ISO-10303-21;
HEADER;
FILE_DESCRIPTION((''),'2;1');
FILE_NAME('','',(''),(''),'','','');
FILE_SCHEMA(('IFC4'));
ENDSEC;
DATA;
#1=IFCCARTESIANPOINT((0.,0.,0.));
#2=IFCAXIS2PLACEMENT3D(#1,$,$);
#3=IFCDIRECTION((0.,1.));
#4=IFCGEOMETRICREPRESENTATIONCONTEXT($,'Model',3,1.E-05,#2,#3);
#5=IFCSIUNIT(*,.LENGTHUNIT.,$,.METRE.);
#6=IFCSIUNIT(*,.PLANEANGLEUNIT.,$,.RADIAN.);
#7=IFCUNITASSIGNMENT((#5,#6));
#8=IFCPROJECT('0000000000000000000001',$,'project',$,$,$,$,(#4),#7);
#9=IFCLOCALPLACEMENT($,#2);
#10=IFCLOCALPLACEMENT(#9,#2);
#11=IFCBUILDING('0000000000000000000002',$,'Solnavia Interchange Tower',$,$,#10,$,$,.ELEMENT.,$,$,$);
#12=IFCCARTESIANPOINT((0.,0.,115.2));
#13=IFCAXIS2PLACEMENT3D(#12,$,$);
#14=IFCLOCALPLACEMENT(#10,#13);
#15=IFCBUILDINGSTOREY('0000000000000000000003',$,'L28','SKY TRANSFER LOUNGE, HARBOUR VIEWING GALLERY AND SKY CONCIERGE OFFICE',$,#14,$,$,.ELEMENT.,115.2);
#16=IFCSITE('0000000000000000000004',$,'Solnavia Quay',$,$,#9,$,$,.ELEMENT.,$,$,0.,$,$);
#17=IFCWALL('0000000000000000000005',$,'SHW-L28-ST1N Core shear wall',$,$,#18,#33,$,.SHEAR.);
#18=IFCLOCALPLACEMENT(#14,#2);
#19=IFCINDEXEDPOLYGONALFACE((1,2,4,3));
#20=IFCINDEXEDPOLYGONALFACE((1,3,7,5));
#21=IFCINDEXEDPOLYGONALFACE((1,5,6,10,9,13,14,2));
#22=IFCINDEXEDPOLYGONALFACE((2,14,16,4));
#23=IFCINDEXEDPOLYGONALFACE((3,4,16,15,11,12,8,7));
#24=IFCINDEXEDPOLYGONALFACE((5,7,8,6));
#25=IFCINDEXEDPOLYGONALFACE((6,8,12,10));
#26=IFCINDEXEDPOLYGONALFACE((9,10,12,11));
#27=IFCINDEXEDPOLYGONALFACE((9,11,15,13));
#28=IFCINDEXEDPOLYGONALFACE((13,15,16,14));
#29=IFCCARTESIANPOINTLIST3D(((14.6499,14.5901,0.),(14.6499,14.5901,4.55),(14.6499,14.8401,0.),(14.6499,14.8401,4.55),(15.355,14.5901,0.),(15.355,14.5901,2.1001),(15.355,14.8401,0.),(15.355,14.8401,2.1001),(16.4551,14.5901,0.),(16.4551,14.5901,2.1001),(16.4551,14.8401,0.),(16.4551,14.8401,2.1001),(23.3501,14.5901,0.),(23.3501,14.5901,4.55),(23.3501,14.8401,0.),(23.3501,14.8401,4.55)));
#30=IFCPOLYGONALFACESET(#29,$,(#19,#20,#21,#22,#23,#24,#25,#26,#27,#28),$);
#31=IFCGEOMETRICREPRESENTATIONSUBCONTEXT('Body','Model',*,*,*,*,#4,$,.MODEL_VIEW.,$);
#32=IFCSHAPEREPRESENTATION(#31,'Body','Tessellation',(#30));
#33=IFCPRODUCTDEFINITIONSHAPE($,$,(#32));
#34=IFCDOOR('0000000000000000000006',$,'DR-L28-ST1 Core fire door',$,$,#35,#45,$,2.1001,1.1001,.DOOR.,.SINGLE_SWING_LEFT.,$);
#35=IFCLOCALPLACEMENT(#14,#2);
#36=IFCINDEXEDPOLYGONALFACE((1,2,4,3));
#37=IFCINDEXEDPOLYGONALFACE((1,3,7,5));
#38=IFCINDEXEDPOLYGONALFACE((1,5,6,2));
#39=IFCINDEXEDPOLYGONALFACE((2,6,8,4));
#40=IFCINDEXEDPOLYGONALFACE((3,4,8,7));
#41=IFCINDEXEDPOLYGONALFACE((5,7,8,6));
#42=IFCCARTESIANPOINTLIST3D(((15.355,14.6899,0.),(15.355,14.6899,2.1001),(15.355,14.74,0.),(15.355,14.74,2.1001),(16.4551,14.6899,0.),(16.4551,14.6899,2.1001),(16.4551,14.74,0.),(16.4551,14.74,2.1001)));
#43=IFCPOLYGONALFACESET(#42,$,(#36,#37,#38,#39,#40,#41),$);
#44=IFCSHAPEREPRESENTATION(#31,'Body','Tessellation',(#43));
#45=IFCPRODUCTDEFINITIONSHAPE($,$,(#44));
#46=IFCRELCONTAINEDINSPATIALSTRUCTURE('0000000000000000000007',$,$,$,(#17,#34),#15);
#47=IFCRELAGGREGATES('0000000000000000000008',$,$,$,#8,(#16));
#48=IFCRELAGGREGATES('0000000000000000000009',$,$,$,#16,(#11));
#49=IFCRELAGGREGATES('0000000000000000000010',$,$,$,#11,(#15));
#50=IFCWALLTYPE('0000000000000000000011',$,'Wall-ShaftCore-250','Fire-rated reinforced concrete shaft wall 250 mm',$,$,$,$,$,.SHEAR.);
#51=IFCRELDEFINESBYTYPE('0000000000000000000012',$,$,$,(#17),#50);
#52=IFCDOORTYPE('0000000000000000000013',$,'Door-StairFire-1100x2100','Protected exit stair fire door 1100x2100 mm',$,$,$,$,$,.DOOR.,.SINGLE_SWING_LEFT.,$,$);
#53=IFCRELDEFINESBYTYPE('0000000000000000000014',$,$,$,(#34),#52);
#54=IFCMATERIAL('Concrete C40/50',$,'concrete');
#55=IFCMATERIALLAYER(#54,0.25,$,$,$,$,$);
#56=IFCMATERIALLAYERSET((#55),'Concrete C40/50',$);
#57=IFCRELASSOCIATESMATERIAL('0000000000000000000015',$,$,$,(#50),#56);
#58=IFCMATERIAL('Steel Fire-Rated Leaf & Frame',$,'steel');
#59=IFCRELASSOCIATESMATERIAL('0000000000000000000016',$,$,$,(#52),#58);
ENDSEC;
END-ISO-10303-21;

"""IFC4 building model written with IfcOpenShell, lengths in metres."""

from ifc_helpers import new_model, si_unit, direction, frame, frame_2d, origin, place, context, subcontext, project, spatial, rectangle, extrude, material, layer, layer_set, type_object, element, fill, save


model = new_model("IFC4")

# Units and contexts
model_context = context("Model", 3, precision=1e-05, world=origin(), true_north=direction((0.0, 1.0)))
body_context = subcontext(model_context, "Body", "Model", "MODEL_VIEW")
ifc_project = project(units=[si_unit("LENGTHUNIT", "METRE"), si_unit("PLANEANGLEUNIT", "RADIAN")], contexts=[model_context])

# Site, building, storey
site_placement = place(None, origin())
site = spatial("IfcSite", under=ifc_project, at=site_placement, Name="Solnavia Quay", CompositionType="ELEMENT", RefElevation=0.0)
building_placement = place(site_placement, origin())
building = spatial("IfcBuilding", under=site, at=building_placement, Name="Solnavia Interchange Tower", CompositionType="ELEMENT")
storey_placement = place(building_placement, frame((0.0, 0.0, 115.2)))
storey = spatial("IfcBuildingStorey", under=building, at=storey_placement, Name="L28", Description="SKY TRANSFER LOUNGE, HARBOUR VIEWING GALLERY AND SKY CONCIERGE OFFICE", CompositionType="ELEMENT", Elevation=115.2)

# Shared definitions
ifc_material_1 = material(Name="Concrete C40/50", Category="concrete")

# Shared definitions
ifc_layer_1 = layer(ifc_material_1, 0.25)
ifc_layer_set_1 = layer_set([ifc_layer_1], Name="Concrete C40/50")
wall_type_1 = type_object("IfcWallType", Name="Wall-ShaftCore-250", Description="Fire-rated reinforced concrete shaft wall 250 mm", PredefinedType="SHEAR", material=ifc_layer_set_1)

# Wall, opening, door
wall_1_placement = place(storey_placement, frame((14.6499, 14.7151, 0.0), z_axis=(0.0, 0.0, 1.0), x_axis=(1.0, 0.0, 0.0)))
wall_1 = element("IfcWall", 1, at=wall_1_placement, inside=storey, type_object=wall_type_1, Name="SHW-L28-ST1N Core shear wall", PredefinedType="SHEAR", context=body_context, shape_type="SweptSolid", body=[
    extrude(rectangle(XDim=8.7002, YDim=0.25, at=frame_2d((4.3501, 0.0))), origin(), (0.0, 0.0, 1.0), 4.55),
])
opening_1_placement = place(wall_1_placement, frame((0.7051, 0.0, 0.0)))
opening_1 = element("IfcOpeningElement", 2, at=opening_1_placement, cuts=wall_1, PredefinedType="OPENING", context=body_context, shape_type="SweptSolid", body=[
    extrude(rectangle(XDim=1.1001, YDim=2.1001, at=frame_2d((0.55, 1.05))), frame((0.0, 0.135, 0.0), z_axis=(0.0, -1.0, 0.0), x_axis=(1.0, 0.0, 0.0)), (0.0, 0.0, 1.0), 0.27),
])
ifc_material_2 = material(Name="Steel Fire-Rated Leaf & Frame", Category="steel")
door_type = type_object("IfcDoorType", Name="Door-StairFire-1100x2100", Description="Protected exit stair fire door 1100x2100 mm", OperationType="SINGLE_SWING_LEFT", PredefinedType="DOOR", material=ifc_material_2)
door_placement = place(opening_1_placement, origin())
door = element("IfcDoor", 3, at=door_placement, inside=storey, type_object=door_type, Name="DR-L28-ST1 Core fire door", OperationType="SINGLE_SWING_LEFT", OverallHeight=2.1001, OverallWidth=1.1001, PredefinedType="DOOR", context=body_context, shape_type="SweptSolid", body=[
    extrude(rectangle(XDim=1.1001, YDim=2.1001, at=frame_2d((0.55, 1.05))), frame((0.0, 0.0249, 0.0), z_axis=(0.0, -1.0, 0.0), x_axis=(1.0, 0.0, 0.0)), (0.0, 0.0, 1.0), 0.05),
])
fill(opening_1, door)

save(model, "model.ifc")
